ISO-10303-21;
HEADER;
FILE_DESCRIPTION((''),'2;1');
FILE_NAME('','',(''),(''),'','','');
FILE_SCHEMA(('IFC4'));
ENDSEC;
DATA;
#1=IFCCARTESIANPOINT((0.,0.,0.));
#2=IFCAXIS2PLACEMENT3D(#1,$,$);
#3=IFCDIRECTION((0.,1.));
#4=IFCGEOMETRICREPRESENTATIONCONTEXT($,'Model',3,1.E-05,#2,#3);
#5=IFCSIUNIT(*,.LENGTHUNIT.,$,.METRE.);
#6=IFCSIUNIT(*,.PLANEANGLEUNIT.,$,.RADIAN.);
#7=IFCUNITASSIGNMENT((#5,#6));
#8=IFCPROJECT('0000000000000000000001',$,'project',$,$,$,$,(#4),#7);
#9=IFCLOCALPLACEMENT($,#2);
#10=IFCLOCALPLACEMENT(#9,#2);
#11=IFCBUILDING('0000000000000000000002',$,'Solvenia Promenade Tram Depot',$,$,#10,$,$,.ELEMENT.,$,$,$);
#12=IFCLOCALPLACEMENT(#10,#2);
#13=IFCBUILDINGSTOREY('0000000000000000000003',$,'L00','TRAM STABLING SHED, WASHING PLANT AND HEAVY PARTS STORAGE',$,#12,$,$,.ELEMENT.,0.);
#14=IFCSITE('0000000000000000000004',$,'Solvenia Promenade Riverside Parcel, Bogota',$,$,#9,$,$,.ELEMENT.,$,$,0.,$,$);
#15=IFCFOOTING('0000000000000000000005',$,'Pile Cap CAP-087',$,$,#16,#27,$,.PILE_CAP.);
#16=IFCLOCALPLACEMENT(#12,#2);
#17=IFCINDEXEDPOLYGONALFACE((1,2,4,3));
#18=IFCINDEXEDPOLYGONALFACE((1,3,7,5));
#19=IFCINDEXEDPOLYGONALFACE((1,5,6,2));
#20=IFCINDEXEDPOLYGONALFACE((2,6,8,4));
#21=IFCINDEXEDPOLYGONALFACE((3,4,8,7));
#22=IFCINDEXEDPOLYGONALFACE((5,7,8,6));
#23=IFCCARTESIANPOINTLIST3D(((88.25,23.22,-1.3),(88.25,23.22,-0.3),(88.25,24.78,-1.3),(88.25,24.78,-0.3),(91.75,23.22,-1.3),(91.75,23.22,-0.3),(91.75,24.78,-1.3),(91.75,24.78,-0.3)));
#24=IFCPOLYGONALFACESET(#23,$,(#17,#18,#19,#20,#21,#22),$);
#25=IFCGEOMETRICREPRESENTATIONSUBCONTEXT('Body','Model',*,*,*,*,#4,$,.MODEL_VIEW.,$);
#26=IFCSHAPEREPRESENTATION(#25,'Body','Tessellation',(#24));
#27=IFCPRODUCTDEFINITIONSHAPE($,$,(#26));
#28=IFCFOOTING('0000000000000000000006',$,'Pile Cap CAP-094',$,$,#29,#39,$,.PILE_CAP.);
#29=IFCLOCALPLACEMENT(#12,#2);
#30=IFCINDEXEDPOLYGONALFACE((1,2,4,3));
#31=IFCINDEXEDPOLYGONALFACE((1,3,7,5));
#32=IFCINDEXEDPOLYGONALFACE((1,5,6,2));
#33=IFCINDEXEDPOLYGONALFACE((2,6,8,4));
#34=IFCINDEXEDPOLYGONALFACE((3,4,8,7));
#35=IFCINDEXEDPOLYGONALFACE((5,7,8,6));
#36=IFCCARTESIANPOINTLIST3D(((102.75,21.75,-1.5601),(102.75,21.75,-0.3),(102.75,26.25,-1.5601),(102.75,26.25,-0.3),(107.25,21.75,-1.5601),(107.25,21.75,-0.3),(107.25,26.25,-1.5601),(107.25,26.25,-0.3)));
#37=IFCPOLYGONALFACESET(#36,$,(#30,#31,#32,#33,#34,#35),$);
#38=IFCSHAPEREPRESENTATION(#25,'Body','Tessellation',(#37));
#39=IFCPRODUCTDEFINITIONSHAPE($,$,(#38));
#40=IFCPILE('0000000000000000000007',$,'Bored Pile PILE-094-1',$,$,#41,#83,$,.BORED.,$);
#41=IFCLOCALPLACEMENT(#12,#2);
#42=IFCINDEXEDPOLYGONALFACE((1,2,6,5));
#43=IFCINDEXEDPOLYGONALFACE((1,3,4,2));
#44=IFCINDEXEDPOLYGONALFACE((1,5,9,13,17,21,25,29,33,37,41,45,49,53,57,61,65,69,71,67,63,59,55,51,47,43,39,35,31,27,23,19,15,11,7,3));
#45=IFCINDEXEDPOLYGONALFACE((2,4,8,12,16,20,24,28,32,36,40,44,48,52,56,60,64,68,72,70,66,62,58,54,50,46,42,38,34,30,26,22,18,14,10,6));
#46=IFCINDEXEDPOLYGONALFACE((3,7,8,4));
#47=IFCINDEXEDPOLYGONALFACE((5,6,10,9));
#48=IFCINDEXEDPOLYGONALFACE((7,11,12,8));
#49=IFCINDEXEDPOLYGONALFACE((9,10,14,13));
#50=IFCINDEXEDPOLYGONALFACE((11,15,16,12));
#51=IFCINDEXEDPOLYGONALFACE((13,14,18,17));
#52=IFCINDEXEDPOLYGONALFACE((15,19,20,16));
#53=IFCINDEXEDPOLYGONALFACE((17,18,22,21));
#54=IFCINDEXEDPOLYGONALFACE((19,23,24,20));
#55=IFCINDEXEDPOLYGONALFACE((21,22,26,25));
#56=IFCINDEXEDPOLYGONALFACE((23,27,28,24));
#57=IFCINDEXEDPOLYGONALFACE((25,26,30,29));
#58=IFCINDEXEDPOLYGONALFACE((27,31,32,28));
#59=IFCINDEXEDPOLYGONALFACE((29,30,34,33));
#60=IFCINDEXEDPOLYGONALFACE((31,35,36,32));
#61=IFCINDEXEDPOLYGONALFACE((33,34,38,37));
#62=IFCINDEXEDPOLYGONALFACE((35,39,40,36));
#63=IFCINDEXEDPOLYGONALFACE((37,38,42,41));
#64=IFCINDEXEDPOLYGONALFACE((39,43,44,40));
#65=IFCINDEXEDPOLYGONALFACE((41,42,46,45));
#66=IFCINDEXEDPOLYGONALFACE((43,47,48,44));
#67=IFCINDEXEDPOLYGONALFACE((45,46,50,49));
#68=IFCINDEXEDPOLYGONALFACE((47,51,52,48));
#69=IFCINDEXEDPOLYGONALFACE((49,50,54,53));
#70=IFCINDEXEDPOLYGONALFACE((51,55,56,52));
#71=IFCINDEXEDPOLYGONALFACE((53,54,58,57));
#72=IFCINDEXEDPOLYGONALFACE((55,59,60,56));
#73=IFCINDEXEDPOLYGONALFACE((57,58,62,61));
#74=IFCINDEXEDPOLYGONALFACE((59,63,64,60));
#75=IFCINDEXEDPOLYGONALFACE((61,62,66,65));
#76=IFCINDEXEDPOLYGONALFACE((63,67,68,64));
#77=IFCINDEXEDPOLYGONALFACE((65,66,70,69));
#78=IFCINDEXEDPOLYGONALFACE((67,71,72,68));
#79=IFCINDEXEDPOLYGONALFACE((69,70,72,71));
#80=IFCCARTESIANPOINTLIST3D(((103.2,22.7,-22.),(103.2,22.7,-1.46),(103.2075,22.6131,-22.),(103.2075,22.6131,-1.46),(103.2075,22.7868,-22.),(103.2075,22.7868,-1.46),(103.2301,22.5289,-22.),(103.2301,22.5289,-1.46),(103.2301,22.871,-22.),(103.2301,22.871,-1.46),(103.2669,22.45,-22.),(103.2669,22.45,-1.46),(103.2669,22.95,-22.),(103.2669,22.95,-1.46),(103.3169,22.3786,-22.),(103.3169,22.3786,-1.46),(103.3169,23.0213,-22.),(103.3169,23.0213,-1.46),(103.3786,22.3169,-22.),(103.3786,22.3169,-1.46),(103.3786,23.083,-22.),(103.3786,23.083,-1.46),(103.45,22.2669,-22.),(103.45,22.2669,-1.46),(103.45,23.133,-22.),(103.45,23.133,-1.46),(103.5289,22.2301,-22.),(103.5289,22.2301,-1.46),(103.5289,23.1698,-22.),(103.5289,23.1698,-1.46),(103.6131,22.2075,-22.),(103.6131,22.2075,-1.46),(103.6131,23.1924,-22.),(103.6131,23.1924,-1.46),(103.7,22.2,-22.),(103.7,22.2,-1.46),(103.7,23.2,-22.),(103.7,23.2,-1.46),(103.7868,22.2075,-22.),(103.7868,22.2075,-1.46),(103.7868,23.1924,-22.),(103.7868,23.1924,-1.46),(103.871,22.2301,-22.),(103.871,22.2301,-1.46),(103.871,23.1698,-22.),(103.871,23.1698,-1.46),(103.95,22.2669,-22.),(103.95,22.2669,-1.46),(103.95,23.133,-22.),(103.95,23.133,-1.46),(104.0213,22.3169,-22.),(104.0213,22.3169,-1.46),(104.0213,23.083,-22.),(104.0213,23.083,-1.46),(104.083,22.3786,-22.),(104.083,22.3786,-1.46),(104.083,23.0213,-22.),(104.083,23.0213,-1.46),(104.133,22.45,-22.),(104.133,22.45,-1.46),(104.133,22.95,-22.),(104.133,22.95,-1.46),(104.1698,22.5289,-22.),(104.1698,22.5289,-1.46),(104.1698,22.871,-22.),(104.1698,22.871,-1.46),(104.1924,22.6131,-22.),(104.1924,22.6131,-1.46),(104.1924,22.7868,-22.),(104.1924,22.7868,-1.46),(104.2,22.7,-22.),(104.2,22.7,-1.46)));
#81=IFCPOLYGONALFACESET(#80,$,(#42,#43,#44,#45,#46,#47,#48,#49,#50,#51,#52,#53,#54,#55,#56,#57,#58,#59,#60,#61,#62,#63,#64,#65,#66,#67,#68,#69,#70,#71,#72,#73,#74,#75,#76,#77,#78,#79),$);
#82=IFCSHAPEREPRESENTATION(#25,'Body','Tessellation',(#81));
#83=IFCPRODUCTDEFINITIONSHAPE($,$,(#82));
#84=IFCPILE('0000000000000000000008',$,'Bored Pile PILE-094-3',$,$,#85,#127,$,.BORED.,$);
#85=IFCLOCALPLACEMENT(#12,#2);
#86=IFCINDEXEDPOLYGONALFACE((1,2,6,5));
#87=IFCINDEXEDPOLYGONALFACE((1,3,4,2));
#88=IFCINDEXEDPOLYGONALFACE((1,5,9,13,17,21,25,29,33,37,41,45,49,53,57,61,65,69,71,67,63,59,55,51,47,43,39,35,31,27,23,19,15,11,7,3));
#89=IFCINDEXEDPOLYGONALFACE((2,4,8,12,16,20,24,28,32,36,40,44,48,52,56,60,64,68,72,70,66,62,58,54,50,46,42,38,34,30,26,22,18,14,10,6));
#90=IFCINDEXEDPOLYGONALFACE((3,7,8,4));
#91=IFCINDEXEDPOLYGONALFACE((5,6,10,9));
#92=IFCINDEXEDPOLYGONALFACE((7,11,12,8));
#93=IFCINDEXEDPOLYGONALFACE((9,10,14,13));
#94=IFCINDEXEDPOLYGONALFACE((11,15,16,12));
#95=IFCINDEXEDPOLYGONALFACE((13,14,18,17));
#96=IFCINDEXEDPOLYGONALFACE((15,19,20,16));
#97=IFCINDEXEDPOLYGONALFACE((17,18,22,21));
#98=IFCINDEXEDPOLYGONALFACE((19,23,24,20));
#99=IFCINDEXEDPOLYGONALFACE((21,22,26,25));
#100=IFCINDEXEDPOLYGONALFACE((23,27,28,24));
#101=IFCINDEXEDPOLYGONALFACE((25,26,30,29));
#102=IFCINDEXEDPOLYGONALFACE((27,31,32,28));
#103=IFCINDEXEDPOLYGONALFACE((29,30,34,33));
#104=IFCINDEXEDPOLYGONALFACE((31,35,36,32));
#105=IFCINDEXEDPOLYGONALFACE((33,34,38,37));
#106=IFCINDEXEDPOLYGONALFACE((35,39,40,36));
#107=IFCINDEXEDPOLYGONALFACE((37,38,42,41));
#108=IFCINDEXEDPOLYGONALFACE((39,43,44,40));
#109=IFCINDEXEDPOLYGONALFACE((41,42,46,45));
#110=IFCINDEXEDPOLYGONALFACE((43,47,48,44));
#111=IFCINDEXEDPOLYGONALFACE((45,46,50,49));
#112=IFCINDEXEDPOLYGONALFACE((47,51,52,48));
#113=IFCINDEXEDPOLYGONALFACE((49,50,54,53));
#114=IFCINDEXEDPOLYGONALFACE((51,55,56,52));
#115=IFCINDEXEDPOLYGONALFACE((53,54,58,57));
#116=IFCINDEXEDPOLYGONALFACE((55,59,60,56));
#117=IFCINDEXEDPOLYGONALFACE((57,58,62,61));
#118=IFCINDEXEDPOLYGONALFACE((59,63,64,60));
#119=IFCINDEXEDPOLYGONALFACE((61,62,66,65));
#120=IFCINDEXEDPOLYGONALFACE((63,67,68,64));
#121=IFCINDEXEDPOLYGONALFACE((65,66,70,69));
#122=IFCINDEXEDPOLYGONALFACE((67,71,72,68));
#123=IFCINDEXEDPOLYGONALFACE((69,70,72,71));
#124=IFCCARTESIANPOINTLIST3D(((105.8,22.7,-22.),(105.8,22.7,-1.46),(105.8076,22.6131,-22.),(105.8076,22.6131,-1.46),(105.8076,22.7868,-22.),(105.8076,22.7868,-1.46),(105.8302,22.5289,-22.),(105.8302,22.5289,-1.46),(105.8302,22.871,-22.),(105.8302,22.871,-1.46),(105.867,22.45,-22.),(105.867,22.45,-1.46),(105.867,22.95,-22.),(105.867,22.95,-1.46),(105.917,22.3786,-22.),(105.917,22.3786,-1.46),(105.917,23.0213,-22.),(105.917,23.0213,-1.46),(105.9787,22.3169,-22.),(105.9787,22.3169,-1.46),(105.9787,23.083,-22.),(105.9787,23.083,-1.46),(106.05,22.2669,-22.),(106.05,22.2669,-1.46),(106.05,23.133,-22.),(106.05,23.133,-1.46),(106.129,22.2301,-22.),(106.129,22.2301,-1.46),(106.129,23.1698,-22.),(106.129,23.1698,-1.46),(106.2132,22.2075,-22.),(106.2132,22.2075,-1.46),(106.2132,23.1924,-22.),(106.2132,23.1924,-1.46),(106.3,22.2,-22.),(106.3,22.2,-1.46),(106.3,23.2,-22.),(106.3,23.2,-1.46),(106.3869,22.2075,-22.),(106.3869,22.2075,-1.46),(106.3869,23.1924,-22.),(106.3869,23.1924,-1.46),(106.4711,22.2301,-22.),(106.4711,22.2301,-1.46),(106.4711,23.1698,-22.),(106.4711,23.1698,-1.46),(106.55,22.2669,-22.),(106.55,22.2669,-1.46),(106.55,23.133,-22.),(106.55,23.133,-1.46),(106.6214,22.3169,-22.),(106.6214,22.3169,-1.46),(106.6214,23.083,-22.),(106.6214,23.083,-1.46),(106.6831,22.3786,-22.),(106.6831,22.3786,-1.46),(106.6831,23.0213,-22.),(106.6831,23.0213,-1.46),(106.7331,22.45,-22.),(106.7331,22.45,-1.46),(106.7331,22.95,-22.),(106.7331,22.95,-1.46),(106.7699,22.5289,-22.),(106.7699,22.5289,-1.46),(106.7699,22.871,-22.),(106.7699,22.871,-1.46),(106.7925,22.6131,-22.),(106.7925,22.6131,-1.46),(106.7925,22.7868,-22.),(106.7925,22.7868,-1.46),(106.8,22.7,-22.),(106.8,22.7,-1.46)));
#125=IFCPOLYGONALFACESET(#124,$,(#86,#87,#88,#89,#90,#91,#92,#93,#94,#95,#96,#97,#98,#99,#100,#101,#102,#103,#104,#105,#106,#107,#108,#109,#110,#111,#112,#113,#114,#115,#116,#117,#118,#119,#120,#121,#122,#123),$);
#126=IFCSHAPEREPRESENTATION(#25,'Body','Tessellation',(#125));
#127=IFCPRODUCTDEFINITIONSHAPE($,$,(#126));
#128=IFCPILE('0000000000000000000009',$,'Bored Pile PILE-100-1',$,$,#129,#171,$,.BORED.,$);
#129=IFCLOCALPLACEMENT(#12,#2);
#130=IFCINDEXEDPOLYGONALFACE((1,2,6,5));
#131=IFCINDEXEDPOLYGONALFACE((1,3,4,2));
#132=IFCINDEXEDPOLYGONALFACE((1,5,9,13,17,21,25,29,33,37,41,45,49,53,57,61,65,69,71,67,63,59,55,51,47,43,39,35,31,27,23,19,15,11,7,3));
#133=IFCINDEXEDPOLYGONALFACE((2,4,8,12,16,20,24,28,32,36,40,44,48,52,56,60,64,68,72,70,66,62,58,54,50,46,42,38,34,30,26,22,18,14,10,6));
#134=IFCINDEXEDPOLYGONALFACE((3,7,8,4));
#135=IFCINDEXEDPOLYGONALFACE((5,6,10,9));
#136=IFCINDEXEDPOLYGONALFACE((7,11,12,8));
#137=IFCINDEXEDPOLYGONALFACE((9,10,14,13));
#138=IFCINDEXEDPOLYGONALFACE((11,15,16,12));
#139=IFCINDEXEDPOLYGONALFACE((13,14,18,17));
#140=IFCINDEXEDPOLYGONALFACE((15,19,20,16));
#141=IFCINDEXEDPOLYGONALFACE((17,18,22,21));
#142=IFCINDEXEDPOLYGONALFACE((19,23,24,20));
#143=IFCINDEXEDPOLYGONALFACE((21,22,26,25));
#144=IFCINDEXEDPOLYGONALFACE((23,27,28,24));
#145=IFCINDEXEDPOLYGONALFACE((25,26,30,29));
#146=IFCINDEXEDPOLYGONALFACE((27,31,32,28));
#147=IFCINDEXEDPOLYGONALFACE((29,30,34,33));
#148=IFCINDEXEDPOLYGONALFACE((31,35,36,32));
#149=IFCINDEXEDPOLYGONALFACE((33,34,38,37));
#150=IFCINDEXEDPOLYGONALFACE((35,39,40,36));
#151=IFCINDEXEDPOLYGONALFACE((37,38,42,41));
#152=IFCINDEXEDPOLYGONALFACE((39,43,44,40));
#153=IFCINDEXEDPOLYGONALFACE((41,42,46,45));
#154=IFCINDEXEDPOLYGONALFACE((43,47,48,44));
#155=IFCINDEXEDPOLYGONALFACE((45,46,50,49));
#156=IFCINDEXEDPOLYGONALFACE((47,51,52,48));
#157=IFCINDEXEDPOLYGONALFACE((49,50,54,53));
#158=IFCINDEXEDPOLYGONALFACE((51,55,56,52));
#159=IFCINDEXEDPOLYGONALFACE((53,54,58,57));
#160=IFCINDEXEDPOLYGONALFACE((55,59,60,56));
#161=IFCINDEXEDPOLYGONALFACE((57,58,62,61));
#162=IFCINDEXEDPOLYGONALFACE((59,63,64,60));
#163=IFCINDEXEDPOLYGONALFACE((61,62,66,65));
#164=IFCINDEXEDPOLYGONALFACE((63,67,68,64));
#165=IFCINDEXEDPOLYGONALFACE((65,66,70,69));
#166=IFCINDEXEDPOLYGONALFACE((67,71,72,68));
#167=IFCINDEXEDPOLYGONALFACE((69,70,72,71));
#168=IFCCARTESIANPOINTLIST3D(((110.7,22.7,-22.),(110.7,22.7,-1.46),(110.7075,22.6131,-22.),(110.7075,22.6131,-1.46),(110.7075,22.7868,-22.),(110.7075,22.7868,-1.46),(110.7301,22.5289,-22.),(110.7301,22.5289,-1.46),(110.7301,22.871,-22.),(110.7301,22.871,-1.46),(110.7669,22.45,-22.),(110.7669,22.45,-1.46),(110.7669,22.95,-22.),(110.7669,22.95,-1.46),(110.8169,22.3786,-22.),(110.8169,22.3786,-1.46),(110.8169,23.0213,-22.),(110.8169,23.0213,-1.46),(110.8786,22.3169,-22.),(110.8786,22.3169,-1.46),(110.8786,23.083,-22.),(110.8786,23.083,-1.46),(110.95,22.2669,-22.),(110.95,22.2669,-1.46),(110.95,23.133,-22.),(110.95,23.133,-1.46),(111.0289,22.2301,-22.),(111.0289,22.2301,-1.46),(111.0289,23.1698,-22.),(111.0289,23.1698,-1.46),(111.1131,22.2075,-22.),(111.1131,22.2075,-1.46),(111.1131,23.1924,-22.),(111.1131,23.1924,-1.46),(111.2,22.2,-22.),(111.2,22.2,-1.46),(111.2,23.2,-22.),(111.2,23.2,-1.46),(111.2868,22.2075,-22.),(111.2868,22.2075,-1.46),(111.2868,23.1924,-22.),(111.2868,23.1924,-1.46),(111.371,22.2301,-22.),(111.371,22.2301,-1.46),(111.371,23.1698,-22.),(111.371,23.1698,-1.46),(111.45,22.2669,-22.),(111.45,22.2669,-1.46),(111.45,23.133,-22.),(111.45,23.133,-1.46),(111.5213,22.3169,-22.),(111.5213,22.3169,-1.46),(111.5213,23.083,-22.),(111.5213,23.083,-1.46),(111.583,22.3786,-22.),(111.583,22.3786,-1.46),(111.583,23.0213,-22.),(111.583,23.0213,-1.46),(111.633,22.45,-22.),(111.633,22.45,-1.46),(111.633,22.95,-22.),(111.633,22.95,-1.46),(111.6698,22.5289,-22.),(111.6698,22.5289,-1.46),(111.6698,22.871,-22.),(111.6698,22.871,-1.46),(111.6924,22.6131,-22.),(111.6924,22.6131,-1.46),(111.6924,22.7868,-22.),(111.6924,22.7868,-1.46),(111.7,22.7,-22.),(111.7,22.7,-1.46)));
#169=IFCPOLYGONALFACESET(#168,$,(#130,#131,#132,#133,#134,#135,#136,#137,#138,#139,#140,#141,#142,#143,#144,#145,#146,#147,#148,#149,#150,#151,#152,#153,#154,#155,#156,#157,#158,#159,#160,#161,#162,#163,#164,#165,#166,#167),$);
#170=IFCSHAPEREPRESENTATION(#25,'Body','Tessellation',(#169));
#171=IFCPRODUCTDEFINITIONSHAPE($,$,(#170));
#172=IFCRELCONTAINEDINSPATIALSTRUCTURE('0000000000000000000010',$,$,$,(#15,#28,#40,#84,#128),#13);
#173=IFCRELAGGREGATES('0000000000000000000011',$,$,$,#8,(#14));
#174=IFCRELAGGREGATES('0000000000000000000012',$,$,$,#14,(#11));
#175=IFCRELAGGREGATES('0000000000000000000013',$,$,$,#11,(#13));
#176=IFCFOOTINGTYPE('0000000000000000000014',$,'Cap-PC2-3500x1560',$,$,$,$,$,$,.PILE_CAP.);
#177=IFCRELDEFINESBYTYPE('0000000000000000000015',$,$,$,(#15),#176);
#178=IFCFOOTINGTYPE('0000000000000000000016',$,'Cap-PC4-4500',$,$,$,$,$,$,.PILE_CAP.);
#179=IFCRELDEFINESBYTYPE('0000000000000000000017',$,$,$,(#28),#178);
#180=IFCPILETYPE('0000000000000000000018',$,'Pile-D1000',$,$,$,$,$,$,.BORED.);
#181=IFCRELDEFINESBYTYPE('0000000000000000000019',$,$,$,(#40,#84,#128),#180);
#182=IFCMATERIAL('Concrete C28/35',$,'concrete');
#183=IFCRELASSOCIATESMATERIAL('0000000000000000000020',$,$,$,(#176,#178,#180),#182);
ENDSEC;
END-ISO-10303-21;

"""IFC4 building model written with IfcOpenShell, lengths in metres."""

from ifc_helpers import new_model, si_unit, direction, frame, origin, origin_2d, place, context, subcontext, project, spatial, rectangle, circle, extrude, material, material_profile, profile_set, type_object, element, save


model = new_model("IFC4")

# Units and contexts
model_context = context("Model", 3, precision=1e-05, world=origin(), true_north=direction((0.0, 1.0)))
body_context = subcontext(model_context, "Body", "Model", "MODEL_VIEW")
ifc_project = project(units=[si_unit("LENGTHUNIT", "METRE"), si_unit("PLANEANGLEUNIT", "RADIAN")], contexts=[model_context])

# Site, building, storey
site_placement = place(None, origin())
site = spatial("IfcSite", under=ifc_project, at=site_placement, Name="Solvenia Promenade Riverside Parcel, Bogota", CompositionType="ELEMENT", RefElevation=0.0)
building_placement = place(site_placement, origin())
building = spatial("IfcBuilding", under=site, at=building_placement, Name="Solvenia Promenade Tram Depot", CompositionType="ELEMENT")
storey_placement = place(building_placement, origin())
storey = spatial("IfcBuildingStorey", under=building, at=storey_placement, Name="L00", Description="TRAM STABLING SHED, WASHING PLANT AND HEAVY PARTS STORAGE", CompositionType="ELEMENT", Elevation=0.0)

# Footings
ifc_material_1 = material(Name="Concrete C28/35", Category="concrete")
footing_type_1 = type_object("IfcFootingType", Name="Cap-PC2-3500x1560", PredefinedType="PILE_CAP", material=ifc_material_1)
footing_1_placement = place(storey_placement, frame((90.0, 24.0, -1.3), z_axis=(0.0, 0.0, 1.0), x_axis=(1.0, 0.0, 0.0)))
element("IfcFooting", 1, at=footing_1_placement, inside=storey, type_object=footing_type_1, Name="Pile Cap CAP-087", PredefinedType="PILE_CAP", context=body_context, shape_type="SweptSolid", body=[
    extrude(rectangle(XDim=3.5, YDim=1.5601, at=origin_2d()), origin(), (0.0, 0.0, 1.0), 1.0),
])
footing_type_2 = type_object("IfcFootingType", Name="Cap-PC4-4500", PredefinedType="PILE_CAP", material=ifc_material_1)
footing_2_placement = place(storey_placement, frame((105.0, 24.0, -1.5601), z_axis=(0.0, 0.0, 1.0), x_axis=(1.0, 0.0, 0.0)))
element("IfcFooting", 2, at=footing_2_placement, inside=storey, type_object=footing_type_2, Name="Pile Cap CAP-094", PredefinedType="PILE_CAP", context=body_context, shape_type="SweptSolid", body=[
    extrude(rectangle(XDim=4.5, YDim=4.5, at=origin_2d()), origin(), (0.0, 0.0, 1.0), 1.26),
])

# Piles
ifc_material_profile_1 = material_profile(ifc_material_1, circle(Radius=0.5, at=origin_2d()), Name="D1000", Category="concrete")
ifc_profile_set_1 = profile_set([ifc_material_profile_1], Name="Concrete C28/35")
pile_type_1 = type_object("IfcPileType", Name="Pile-D1000", PredefinedType="BORED", material=ifc_profile_set_1)
for number, where, z_axis, x_axis, name in (
    (3, (103.7, 22.7, -1.46), (0.0, 0.0, -1.0), (1.0, 0.0, 0.0), "Bored Pile PILE-094-1"),
    (4, (106.3, 22.7, -1.46), (0.0, 0.0, -1.0), (1.0, 0.0, 0.0), "Bored Pile PILE-094-3"),
    (5, (111.2, 22.7, -1.46), (0.0, 0.0, -1.0), (1.0, 0.0, 0.0), "Bored Pile PILE-100-1"),
):
    element("IfcPile", number, at=place(storey_placement, frame(where, z_axis=z_axis, x_axis=x_axis)), inside=storey, type_object=pile_type_1, Name=name, PredefinedType="BORED", context=body_context, shape_type="SweptSolid", body=[
        extrude(circle(Radius=0.5, at=origin_2d()), origin(), (0.0, 0.0, 1.0), 20.54),
    ])

save(model, "model.ifc")
